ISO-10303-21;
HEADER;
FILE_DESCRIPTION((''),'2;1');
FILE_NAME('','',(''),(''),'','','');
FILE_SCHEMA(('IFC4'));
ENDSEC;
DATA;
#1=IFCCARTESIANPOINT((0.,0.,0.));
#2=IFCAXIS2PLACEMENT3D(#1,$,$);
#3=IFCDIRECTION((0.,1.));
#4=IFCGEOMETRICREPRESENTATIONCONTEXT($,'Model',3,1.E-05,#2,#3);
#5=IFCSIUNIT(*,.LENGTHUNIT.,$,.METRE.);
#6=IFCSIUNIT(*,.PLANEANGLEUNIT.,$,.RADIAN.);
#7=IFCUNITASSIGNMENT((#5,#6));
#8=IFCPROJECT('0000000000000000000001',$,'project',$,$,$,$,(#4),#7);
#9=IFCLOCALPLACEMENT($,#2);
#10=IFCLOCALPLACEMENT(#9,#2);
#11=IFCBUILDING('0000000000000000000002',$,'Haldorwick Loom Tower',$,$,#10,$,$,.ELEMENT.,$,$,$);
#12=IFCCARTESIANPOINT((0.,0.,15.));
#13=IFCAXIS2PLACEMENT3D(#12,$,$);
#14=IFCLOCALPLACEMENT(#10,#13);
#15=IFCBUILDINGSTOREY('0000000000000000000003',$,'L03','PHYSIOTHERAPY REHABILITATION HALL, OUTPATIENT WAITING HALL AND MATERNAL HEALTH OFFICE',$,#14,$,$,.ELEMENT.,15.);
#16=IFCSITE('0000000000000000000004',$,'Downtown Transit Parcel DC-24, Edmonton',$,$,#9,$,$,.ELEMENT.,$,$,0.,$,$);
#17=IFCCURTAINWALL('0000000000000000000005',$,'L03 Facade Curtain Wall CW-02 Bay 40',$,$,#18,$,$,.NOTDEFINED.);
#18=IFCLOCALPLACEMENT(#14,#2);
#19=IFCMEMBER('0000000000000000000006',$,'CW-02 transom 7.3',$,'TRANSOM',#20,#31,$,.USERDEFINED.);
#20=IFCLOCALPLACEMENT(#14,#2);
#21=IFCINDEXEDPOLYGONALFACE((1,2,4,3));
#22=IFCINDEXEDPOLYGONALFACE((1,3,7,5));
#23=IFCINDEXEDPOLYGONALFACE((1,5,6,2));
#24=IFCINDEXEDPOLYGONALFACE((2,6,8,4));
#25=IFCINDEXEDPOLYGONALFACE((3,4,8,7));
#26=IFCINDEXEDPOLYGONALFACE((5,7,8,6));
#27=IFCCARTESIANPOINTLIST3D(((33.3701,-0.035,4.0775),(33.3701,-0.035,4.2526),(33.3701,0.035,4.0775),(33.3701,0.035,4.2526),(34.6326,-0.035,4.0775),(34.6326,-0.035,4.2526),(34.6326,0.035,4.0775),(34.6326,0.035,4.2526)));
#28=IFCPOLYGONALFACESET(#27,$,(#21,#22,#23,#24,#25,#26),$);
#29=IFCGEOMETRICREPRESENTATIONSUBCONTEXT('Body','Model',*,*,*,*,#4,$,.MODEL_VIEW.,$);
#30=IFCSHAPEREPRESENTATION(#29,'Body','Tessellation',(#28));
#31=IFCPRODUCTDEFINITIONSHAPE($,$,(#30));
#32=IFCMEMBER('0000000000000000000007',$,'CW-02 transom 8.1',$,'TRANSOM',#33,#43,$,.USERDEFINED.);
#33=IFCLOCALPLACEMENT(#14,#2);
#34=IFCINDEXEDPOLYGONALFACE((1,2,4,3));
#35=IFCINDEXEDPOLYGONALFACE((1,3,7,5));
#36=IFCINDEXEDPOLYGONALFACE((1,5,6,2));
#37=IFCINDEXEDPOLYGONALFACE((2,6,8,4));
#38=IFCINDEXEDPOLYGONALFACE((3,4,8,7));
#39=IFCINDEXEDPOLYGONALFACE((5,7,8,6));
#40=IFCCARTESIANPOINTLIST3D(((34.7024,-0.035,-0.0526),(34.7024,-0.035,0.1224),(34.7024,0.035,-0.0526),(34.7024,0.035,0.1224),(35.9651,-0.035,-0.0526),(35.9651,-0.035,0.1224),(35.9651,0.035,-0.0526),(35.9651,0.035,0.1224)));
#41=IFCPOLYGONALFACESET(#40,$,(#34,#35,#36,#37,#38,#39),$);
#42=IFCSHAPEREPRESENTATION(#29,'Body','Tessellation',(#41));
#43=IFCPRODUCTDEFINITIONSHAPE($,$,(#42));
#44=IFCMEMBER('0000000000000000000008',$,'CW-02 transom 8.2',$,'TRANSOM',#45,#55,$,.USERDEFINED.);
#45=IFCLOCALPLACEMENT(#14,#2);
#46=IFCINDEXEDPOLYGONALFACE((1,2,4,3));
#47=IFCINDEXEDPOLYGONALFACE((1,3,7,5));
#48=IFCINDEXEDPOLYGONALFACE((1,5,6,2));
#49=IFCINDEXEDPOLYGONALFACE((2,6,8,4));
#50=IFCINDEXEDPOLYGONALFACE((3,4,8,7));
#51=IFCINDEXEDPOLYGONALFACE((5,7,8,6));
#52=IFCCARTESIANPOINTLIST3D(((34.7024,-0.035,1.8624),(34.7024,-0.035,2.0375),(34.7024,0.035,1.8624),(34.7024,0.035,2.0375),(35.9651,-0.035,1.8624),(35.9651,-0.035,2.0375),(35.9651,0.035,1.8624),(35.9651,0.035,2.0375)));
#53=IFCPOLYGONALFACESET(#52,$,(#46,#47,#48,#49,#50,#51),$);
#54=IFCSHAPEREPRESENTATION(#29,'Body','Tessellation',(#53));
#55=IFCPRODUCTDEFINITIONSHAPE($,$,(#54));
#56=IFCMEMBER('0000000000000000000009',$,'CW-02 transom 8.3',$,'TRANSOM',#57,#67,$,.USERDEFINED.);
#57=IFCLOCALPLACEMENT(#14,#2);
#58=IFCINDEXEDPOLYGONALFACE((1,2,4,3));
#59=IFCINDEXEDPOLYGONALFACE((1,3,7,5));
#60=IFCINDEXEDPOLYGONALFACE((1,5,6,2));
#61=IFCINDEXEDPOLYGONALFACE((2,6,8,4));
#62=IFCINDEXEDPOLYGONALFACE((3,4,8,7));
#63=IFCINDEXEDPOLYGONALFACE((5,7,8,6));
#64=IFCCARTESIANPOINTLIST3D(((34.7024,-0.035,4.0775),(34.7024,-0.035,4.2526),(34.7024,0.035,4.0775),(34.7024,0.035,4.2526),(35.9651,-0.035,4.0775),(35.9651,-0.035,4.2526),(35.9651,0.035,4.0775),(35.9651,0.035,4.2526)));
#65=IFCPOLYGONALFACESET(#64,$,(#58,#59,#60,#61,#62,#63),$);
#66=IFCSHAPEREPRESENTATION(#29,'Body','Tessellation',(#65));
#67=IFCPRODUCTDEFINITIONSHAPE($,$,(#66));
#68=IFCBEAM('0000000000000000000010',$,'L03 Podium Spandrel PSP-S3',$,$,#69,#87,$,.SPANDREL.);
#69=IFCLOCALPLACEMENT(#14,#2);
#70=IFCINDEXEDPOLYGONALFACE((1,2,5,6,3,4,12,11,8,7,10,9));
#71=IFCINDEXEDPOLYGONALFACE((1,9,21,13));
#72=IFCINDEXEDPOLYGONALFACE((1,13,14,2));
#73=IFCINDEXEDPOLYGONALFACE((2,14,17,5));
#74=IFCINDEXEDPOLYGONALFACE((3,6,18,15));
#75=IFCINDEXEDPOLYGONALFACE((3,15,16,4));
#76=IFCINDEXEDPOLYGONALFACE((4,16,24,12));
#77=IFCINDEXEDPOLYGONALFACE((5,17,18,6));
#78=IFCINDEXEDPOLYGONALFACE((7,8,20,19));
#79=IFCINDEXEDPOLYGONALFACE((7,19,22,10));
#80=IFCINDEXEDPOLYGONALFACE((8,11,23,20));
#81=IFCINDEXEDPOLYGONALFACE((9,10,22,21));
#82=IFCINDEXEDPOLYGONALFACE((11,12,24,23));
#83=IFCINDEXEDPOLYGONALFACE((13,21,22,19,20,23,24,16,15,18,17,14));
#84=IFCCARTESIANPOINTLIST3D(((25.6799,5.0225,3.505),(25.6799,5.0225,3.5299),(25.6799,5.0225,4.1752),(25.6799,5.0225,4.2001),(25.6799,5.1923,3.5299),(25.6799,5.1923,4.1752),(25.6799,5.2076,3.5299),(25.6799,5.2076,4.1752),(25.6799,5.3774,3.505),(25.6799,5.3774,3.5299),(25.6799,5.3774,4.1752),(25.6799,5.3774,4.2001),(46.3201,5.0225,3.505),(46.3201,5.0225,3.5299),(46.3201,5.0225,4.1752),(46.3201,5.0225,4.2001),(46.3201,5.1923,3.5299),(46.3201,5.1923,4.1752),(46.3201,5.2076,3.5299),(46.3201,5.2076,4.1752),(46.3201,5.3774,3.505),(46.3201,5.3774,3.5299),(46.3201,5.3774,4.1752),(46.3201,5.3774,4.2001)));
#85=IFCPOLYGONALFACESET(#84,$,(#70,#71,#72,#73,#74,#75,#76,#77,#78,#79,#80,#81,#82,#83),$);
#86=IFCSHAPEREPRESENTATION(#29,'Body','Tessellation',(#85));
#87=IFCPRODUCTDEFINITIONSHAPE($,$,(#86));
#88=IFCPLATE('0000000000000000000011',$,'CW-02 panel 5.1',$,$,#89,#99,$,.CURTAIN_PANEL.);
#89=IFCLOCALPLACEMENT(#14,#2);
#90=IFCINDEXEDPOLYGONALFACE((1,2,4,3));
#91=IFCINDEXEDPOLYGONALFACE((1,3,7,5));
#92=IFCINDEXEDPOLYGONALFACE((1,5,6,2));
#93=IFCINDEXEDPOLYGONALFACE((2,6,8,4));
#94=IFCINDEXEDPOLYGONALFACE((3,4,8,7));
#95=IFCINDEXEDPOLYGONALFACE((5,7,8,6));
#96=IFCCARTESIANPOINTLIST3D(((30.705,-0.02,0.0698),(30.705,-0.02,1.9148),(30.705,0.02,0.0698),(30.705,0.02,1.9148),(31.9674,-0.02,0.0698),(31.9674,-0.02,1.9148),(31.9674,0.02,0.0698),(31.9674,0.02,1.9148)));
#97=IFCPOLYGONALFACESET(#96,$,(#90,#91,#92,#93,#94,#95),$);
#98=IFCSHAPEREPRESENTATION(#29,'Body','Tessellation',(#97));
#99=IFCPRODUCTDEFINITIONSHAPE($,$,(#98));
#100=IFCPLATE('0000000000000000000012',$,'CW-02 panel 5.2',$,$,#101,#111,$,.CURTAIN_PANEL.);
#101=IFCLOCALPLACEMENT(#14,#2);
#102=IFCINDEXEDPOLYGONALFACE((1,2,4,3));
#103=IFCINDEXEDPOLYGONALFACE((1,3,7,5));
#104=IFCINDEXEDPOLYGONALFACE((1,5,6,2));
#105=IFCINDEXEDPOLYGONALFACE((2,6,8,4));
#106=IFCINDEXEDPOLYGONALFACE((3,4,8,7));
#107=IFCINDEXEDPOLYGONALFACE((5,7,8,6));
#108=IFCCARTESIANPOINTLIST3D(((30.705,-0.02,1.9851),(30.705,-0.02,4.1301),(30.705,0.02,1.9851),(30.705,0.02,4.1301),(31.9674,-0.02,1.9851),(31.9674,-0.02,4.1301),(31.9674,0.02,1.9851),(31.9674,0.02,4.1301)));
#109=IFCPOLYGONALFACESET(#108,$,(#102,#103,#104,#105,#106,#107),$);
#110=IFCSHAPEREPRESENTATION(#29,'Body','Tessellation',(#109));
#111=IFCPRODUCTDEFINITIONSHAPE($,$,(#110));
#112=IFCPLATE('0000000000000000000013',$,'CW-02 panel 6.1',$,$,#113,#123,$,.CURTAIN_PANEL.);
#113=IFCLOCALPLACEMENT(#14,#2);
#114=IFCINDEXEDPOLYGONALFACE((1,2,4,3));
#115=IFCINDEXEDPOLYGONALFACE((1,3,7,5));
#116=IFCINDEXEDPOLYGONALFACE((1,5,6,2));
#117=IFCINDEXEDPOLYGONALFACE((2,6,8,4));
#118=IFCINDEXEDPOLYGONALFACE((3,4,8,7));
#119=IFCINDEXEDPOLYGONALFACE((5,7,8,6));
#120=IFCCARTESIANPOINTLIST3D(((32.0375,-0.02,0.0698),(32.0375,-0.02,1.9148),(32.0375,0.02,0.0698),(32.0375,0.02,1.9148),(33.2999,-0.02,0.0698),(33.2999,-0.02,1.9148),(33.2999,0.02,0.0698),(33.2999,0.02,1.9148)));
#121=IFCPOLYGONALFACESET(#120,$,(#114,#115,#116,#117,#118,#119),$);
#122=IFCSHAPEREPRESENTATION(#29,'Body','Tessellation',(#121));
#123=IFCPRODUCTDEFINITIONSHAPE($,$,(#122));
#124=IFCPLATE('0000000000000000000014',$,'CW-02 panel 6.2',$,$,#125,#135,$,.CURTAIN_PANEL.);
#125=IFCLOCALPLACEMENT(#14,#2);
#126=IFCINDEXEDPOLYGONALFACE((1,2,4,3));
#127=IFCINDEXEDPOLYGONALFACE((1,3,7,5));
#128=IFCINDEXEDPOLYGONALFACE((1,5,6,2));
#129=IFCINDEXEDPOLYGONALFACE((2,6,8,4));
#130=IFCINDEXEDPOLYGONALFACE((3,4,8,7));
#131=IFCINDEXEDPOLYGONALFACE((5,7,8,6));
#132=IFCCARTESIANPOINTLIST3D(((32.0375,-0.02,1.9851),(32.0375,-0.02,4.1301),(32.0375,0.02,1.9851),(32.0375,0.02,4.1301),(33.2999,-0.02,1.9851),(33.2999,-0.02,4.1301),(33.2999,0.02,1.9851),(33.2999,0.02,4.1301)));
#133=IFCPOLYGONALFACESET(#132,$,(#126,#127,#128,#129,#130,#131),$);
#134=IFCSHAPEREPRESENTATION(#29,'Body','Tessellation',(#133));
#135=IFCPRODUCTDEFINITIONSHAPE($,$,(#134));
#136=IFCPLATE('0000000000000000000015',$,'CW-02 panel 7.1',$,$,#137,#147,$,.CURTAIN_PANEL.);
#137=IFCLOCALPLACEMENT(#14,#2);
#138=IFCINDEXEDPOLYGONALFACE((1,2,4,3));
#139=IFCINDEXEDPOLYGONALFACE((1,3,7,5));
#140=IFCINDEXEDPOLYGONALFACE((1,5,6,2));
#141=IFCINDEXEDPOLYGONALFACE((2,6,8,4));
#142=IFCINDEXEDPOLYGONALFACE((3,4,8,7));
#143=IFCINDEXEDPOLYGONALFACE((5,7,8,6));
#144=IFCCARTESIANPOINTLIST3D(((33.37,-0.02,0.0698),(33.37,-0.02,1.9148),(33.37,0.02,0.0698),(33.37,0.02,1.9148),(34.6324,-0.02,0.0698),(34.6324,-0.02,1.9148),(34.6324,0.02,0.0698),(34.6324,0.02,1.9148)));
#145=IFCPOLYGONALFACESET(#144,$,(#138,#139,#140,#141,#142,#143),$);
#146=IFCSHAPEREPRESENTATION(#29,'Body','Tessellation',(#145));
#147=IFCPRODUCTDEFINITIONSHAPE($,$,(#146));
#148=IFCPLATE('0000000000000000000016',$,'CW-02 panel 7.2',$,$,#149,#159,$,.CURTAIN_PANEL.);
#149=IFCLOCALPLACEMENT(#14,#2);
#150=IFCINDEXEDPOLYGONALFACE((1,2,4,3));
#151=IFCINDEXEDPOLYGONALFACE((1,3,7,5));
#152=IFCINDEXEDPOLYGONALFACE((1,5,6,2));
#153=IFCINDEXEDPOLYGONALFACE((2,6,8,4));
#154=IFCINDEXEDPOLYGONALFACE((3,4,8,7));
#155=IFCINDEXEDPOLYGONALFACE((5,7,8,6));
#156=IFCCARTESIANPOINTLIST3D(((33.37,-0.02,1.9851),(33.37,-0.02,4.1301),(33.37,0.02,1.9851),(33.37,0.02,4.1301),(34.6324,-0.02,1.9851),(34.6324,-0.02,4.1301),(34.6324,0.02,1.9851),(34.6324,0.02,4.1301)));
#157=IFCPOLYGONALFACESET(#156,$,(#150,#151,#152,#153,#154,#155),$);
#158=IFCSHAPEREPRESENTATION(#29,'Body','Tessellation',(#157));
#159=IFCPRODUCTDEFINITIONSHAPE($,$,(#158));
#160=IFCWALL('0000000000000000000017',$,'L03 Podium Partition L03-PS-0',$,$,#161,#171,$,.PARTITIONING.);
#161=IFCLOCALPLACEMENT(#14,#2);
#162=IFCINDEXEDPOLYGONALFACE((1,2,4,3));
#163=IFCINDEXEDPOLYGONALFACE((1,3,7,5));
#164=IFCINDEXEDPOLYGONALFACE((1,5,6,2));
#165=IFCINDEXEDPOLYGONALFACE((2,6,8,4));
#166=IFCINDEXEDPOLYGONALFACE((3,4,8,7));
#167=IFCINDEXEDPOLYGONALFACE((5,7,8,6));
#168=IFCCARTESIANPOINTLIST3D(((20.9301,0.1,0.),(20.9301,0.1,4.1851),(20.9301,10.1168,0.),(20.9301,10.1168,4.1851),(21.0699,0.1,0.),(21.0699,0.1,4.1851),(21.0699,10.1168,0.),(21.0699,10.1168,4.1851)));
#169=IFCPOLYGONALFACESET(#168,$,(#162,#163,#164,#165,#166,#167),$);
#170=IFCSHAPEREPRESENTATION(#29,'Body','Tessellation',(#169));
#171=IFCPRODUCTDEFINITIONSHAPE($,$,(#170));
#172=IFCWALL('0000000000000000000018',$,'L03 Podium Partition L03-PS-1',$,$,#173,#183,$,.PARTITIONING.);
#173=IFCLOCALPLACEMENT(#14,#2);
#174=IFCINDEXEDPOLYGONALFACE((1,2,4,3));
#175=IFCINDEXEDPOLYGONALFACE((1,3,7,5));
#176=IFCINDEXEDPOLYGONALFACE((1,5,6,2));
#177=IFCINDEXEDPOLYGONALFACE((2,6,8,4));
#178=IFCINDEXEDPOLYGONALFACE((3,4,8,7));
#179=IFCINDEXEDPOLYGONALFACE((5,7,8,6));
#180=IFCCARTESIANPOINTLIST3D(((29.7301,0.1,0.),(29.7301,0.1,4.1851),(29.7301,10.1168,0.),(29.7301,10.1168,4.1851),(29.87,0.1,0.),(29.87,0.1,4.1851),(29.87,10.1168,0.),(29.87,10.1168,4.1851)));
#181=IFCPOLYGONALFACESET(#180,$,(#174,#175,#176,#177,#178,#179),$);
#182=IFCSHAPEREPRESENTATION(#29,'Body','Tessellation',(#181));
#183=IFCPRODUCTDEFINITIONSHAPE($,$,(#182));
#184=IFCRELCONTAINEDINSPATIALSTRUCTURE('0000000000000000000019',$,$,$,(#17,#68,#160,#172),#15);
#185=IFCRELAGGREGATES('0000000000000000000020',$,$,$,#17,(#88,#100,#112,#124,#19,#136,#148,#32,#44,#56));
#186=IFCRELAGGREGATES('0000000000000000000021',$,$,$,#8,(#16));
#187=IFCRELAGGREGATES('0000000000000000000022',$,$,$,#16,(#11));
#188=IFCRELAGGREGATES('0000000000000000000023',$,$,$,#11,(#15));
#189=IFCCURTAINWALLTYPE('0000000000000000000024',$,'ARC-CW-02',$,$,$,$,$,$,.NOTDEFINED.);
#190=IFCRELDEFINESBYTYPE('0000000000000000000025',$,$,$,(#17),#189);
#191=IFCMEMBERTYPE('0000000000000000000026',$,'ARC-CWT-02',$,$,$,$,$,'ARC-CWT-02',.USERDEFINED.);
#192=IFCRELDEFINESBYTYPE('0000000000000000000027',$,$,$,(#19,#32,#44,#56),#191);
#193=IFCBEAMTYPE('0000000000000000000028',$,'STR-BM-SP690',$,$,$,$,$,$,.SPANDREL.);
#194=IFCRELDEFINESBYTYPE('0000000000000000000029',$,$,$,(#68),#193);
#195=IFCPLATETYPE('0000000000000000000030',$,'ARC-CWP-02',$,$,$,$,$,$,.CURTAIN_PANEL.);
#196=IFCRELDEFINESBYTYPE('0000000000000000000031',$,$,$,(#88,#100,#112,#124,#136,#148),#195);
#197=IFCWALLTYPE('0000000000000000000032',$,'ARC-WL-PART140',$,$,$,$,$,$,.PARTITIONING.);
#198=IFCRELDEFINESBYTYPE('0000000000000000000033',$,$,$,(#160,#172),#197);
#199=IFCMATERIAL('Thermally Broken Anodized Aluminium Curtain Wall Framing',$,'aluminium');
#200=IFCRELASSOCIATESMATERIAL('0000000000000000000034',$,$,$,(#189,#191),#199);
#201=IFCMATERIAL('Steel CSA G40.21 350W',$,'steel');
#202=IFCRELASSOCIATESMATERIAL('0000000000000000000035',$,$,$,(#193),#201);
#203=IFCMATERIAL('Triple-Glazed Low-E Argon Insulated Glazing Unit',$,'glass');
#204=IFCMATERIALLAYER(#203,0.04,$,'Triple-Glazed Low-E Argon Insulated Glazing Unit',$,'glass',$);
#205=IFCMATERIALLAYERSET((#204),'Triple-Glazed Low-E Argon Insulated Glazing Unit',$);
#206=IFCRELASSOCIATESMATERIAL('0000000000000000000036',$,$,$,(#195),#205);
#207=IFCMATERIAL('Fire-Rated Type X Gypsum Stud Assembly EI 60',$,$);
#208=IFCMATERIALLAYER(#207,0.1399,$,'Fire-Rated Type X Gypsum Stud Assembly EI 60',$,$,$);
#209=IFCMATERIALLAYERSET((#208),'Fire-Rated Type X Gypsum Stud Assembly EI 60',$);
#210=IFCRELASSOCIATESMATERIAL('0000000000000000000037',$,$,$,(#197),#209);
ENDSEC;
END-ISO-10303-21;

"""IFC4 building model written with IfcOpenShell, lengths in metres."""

from ifc_helpers import new_model, si_unit, direction, frame, frame_2d, origin, origin_2d, place, context, subcontext, project, spatial, rectangle, i_section, extrude, material, layer, layer_set, material_profile, profile_set, type_object, element, aggregate, save


model = new_model("IFC4")

# Units and contexts
model_context = context("Model", 3, precision=1e-05, world=origin(), true_north=direction((0.0, 1.0)))
body_context = subcontext(model_context, "Body", "Model", "MODEL_VIEW")
ifc_project = project(units=[si_unit("LENGTHUNIT", "METRE"), si_unit("PLANEANGLEUNIT", "RADIAN")], contexts=[model_context])

# Site, building, storey
site_placement = place(None, origin())
site = spatial("IfcSite", under=ifc_project, at=site_placement, Name="Downtown Transit Parcel DC-24, Edmonton", CompositionType="ELEMENT", RefElevation=0.0)
building_placement = place(site_placement, origin())
building = spatial("IfcBuilding", under=site, at=building_placement, Name="Haldorwick Loom Tower", CompositionType="ELEMENT")
storey_placement = place(building_placement, frame((0.0, 0.0, 15.0)))
storey = spatial("IfcBuildingStorey", under=building, at=storey_placement, Name="L03", Description="PHYSIOTHERAPY REHABILITATION HALL, OUTPATIENT WAITING HALL AND MATERNAL HEALTH OFFICE", CompositionType="ELEMENT", Elevation=15.0)

# Curtain wall, members
ifc_material_1 = material(Name="Thermally Broken Anodized Aluminium Curtain Wall Framing", Category="aluminium")
curtain_wall_type = type_object("IfcCurtainWallType", Name="ARC-CW-02", PredefinedType="NOTDEFINED", material=ifc_material_1)
curtain_wall_placement = place(storey_placement, origin())
curtain_wall = element("IfcCurtainWall", 1, at=curtain_wall_placement, inside=storey, type_object=curtain_wall_type, Name="L03 Facade Curtain Wall CW-02 Bay 40", PredefinedType="NOTDEFINED")
ifc_material_profile_1 = material_profile(ifc_material_1, rectangle(XDim=0.0701, YDim=0.175, at=origin_2d()), Name="ALU_TRN_70X175", Category="aluminium")
ifc_profile_set_1 = profile_set([ifc_material_profile_1], Name="Thermally Broken Anodized Aluminium Curtain Wall Framing")
member_type_1 = type_object("IfcMemberType", Name="ARC-CWT-02", ElementType="ARC-CWT-02", PredefinedType="USERDEFINED", material=ifc_profile_set_1)
member_1_placement = place(storey_placement, frame((33.3701, 0.0, 4.165), z_axis=(1.0, 0.0, 0.0), x_axis=(0.0, 1.0, 0.0)))
member_1 = element("IfcMember", 2, at=member_1_placement, type_object=member_type_1, Name="CW-02 transom 7.3", ObjectType="TRANSOM", PredefinedType="USERDEFINED", context=body_context, shape_type="SweptSolid", body=[
    extrude(rectangle(XDim=0.0701, YDim=0.175, at=origin_2d()), origin(), (0.0, 0.0, 1.0), 1.2625),
])
member_2_placement = place(storey_placement, frame((34.7024, 0.0, 0.0349), z_axis=(1.0, 0.0, 0.0), x_axis=(0.0, 1.0, 0.0)))
member_2 = element("IfcMember", 3, at=member_2_placement, type_object=member_type_1, Name="CW-02 transom 8.1", ObjectType="TRANSOM", PredefinedType="USERDEFINED", context=body_context, shape_type="SweptSolid", body=[
    extrude(rectangle(XDim=0.0701, YDim=0.175, at=origin_2d()), origin(), (0.0, 0.0, 1.0), 1.2627),
])
member_3_placement = place(storey_placement, frame((34.7024, 0.0, 1.95), z_axis=(1.0, 0.0, 0.0), x_axis=(0.0, 1.0, 0.0)))
member_3 = element("IfcMember", 4, at=member_3_placement, type_object=member_type_1, Name="CW-02 transom 8.2", ObjectType="TRANSOM", PredefinedType="USERDEFINED", context=body_context, shape_type="SweptSolid", body=[
    extrude(rectangle(XDim=0.0701, YDim=0.175, at=origin_2d()), origin(), (0.0, 0.0, 1.0), 1.2627),
])
member_4_placement = place(storey_placement, frame((34.7024, 0.0, 4.165), z_axis=(1.0, 0.0, 0.0), x_axis=(0.0, 1.0, 0.0)))
member_4 = element("IfcMember", 5, at=member_4_placement, type_object=member_type_1, Name="CW-02 transom 8.3", ObjectType="TRANSOM", PredefinedType="USERDEFINED", context=body_context, shape_type="SweptSolid", body=[
    extrude(rectangle(XDim=0.0701, YDim=0.175, at=origin_2d()), origin(), (0.0, 0.0, 1.0), 1.2627),
])

# Beam
ifc_material_2 = material(Name="Steel CSA G40.21 350W", Category="steel")
ifc_material_profile_2 = material_profile(ifc_material_2, i_section(OverallWidth=0.355, OverallDepth=0.6951, WebThickness=0.0154, FlangeThickness=0.0249, at=origin_2d()), Name="W690X217", Category="steel")
ifc_profile_set_2 = profile_set([ifc_material_profile_2], Name="Steel CSA G40.21 350W")
beam_type = type_object("IfcBeamType", Name="STR-BM-SP690", PredefinedType="SPANDREL", material=ifc_profile_set_2)
beam_placement = place(storey_placement, frame((25.6799, 5.2, 3.8525), z_axis=(1.0, 0.0, 0.0), x_axis=(0.0, 1.0, 0.0)))
element("IfcBeam", 6, at=beam_placement, inside=storey, type_object=beam_type, Name="L03 Podium Spandrel PSP-S3", PredefinedType="SPANDREL", context=body_context, shape_type="SweptSolid", body=[
    extrude(i_section(OverallWidth=0.355, OverallDepth=0.6951, WebThickness=0.0154, FlangeThickness=0.0249, at=origin_2d()), origin(), (0.0, 0.0, 1.0), 20.6401),
])

# Plates
ifc_material_3 = material(Name="Triple-Glazed Low-E Argon Insulated Glazing Unit", Category="glass")
ifc_layer_1 = layer(ifc_material_3, 0.04, Name="Triple-Glazed Low-E Argon Insulated Glazing Unit", Category="glass")
ifc_layer_set_1 = layer_set([ifc_layer_1], Name="Triple-Glazed Low-E Argon Insulated Glazing Unit")
plate_type = type_object("IfcPlateType", Name="ARC-CWP-02", PredefinedType="CURTAIN_PANEL", material=ifc_layer_set_1)
plate_1_placement = place(storey_placement, frame((31.3362, 0.0, 0.0698), z_axis=(0.0, 0.0, 1.0), x_axis=(1.0, 0.0, 0.0)))
plate_1 = element("IfcPlate", 7, at=plate_1_placement, type_object=plate_type, Name="CW-02 panel 5.1", PredefinedType="CURTAIN_PANEL", context=body_context, shape_type="SweptSolid", body=[
    extrude(rectangle(XDim=1.2625, YDim=0.04, at=origin_2d()), origin(), (0.0, 0.0, 1.0), 1.845),
])
plate_2_placement = place(storey_placement, frame((31.3362, 0.0, 1.9851), z_axis=(0.0, 0.0, 1.0), x_axis=(1.0, 0.0, 0.0)))
plate_2 = element("IfcPlate", 8, at=plate_2_placement, type_object=plate_type, Name="CW-02 panel 5.2", PredefinedType="CURTAIN_PANEL", context=body_context, shape_type="SweptSolid", body=[
    extrude(rectangle(XDim=1.2625, YDim=0.04, at=origin_2d()), origin(), (0.0, 0.0, 1.0), 2.145),
])
plate_3_placement = place(storey_placement, frame((32.6687, 0.0, 0.0698), z_axis=(0.0, 0.0, 1.0), x_axis=(1.0, 0.0, 0.0)))
plate_3 = element("IfcPlate", 9, at=plate_3_placement, type_object=plate_type, Name="CW-02 panel 6.1", PredefinedType="CURTAIN_PANEL", context=body_context, shape_type="SweptSolid", body=[
    extrude(rectangle(XDim=1.2625, YDim=0.04, at=origin_2d()), origin(), (0.0, 0.0, 1.0), 1.845),
])
plate_4_placement = place(storey_placement, frame((32.6687, 0.0, 1.9851), z_axis=(0.0, 0.0, 1.0), x_axis=(1.0, 0.0, 0.0)))
plate_4 = element("IfcPlate", 10, at=plate_4_placement, type_object=plate_type, Name="CW-02 panel 6.2", PredefinedType="CURTAIN_PANEL", context=body_context, shape_type="SweptSolid", body=[
    extrude(rectangle(XDim=1.2625, YDim=0.04, at=origin_2d()), origin(), (0.0, 0.0, 1.0), 2.145),
])
plate_5_placement = place(storey_placement, frame((34.0012, 0.0, 0.0698), z_axis=(0.0, 0.0, 1.0), x_axis=(1.0, 0.0, 0.0)))
plate_5 = element("IfcPlate", 11, at=plate_5_placement, type_object=plate_type, Name="CW-02 panel 7.1", PredefinedType="CURTAIN_PANEL", context=body_context, shape_type="SweptSolid", body=[
    extrude(rectangle(XDim=1.2625, YDim=0.04, at=origin_2d()), origin(), (0.0, 0.0, 1.0), 1.845),
])
plate_6_placement = place(storey_placement, frame((34.0012, 0.0, 1.9851), z_axis=(0.0, 0.0, 1.0), x_axis=(1.0, 0.0, 0.0)))
plate_6 = element("IfcPlate", 12, at=plate_6_placement, type_object=plate_type, Name="CW-02 panel 7.2", PredefinedType="CURTAIN_PANEL", context=body_context, shape_type="SweptSolid", body=[
    extrude(rectangle(XDim=1.2625, YDim=0.04, at=origin_2d()), origin(), (0.0, 0.0, 1.0), 2.145),
])
aggregate(curtain_wall, [plate_1, plate_2, plate_3, plate_4, member_1, plate_5, plate_6, member_2, member_3, member_4])

# Walls
ifc_material_4 = material(Name="Fire-Rated Type X Gypsum Stud Assembly EI 60")
ifc_layer_2 = layer(ifc_material_4, 0.1399, Name="Fire-Rated Type X Gypsum Stud Assembly EI 60")
ifc_layer_set_2 = layer_set([ifc_layer_2], Name="Fire-Rated Type X Gypsum Stud Assembly EI 60")
wall_type = type_object("IfcWallType", Name="ARC-WL-PART140", PredefinedType="PARTITIONING", material=ifc_layer_set_2)
for number, where, z_axis, x_axis, name in (
    (13, (21.0, 0.1001, 0.0), (0.0, 0.0, 1.0), (0.0, 1.0, 0.0), "L03 Podium Partition L03-PS-0"),
    (14, (29.8, 0.1001, 0.0), (0.0, 0.0, 1.0), (0.0, 1.0, 0.0), "L03 Podium Partition L03-PS-1"),
):
    element("IfcWall", number, at=place(storey_placement, frame(where, z_axis=z_axis, x_axis=x_axis)), inside=storey, type_object=wall_type, Name=name, PredefinedType="PARTITIONING", context=body_context, shape_type="SweptSolid", body=[
        extrude(rectangle(XDim=10.0168, YDim=0.1399, at=frame_2d((5.0083, 0.0))), origin(), (0.0, 0.0, 1.0), 4.1851),
    ])

save(model, "model.ifc")
